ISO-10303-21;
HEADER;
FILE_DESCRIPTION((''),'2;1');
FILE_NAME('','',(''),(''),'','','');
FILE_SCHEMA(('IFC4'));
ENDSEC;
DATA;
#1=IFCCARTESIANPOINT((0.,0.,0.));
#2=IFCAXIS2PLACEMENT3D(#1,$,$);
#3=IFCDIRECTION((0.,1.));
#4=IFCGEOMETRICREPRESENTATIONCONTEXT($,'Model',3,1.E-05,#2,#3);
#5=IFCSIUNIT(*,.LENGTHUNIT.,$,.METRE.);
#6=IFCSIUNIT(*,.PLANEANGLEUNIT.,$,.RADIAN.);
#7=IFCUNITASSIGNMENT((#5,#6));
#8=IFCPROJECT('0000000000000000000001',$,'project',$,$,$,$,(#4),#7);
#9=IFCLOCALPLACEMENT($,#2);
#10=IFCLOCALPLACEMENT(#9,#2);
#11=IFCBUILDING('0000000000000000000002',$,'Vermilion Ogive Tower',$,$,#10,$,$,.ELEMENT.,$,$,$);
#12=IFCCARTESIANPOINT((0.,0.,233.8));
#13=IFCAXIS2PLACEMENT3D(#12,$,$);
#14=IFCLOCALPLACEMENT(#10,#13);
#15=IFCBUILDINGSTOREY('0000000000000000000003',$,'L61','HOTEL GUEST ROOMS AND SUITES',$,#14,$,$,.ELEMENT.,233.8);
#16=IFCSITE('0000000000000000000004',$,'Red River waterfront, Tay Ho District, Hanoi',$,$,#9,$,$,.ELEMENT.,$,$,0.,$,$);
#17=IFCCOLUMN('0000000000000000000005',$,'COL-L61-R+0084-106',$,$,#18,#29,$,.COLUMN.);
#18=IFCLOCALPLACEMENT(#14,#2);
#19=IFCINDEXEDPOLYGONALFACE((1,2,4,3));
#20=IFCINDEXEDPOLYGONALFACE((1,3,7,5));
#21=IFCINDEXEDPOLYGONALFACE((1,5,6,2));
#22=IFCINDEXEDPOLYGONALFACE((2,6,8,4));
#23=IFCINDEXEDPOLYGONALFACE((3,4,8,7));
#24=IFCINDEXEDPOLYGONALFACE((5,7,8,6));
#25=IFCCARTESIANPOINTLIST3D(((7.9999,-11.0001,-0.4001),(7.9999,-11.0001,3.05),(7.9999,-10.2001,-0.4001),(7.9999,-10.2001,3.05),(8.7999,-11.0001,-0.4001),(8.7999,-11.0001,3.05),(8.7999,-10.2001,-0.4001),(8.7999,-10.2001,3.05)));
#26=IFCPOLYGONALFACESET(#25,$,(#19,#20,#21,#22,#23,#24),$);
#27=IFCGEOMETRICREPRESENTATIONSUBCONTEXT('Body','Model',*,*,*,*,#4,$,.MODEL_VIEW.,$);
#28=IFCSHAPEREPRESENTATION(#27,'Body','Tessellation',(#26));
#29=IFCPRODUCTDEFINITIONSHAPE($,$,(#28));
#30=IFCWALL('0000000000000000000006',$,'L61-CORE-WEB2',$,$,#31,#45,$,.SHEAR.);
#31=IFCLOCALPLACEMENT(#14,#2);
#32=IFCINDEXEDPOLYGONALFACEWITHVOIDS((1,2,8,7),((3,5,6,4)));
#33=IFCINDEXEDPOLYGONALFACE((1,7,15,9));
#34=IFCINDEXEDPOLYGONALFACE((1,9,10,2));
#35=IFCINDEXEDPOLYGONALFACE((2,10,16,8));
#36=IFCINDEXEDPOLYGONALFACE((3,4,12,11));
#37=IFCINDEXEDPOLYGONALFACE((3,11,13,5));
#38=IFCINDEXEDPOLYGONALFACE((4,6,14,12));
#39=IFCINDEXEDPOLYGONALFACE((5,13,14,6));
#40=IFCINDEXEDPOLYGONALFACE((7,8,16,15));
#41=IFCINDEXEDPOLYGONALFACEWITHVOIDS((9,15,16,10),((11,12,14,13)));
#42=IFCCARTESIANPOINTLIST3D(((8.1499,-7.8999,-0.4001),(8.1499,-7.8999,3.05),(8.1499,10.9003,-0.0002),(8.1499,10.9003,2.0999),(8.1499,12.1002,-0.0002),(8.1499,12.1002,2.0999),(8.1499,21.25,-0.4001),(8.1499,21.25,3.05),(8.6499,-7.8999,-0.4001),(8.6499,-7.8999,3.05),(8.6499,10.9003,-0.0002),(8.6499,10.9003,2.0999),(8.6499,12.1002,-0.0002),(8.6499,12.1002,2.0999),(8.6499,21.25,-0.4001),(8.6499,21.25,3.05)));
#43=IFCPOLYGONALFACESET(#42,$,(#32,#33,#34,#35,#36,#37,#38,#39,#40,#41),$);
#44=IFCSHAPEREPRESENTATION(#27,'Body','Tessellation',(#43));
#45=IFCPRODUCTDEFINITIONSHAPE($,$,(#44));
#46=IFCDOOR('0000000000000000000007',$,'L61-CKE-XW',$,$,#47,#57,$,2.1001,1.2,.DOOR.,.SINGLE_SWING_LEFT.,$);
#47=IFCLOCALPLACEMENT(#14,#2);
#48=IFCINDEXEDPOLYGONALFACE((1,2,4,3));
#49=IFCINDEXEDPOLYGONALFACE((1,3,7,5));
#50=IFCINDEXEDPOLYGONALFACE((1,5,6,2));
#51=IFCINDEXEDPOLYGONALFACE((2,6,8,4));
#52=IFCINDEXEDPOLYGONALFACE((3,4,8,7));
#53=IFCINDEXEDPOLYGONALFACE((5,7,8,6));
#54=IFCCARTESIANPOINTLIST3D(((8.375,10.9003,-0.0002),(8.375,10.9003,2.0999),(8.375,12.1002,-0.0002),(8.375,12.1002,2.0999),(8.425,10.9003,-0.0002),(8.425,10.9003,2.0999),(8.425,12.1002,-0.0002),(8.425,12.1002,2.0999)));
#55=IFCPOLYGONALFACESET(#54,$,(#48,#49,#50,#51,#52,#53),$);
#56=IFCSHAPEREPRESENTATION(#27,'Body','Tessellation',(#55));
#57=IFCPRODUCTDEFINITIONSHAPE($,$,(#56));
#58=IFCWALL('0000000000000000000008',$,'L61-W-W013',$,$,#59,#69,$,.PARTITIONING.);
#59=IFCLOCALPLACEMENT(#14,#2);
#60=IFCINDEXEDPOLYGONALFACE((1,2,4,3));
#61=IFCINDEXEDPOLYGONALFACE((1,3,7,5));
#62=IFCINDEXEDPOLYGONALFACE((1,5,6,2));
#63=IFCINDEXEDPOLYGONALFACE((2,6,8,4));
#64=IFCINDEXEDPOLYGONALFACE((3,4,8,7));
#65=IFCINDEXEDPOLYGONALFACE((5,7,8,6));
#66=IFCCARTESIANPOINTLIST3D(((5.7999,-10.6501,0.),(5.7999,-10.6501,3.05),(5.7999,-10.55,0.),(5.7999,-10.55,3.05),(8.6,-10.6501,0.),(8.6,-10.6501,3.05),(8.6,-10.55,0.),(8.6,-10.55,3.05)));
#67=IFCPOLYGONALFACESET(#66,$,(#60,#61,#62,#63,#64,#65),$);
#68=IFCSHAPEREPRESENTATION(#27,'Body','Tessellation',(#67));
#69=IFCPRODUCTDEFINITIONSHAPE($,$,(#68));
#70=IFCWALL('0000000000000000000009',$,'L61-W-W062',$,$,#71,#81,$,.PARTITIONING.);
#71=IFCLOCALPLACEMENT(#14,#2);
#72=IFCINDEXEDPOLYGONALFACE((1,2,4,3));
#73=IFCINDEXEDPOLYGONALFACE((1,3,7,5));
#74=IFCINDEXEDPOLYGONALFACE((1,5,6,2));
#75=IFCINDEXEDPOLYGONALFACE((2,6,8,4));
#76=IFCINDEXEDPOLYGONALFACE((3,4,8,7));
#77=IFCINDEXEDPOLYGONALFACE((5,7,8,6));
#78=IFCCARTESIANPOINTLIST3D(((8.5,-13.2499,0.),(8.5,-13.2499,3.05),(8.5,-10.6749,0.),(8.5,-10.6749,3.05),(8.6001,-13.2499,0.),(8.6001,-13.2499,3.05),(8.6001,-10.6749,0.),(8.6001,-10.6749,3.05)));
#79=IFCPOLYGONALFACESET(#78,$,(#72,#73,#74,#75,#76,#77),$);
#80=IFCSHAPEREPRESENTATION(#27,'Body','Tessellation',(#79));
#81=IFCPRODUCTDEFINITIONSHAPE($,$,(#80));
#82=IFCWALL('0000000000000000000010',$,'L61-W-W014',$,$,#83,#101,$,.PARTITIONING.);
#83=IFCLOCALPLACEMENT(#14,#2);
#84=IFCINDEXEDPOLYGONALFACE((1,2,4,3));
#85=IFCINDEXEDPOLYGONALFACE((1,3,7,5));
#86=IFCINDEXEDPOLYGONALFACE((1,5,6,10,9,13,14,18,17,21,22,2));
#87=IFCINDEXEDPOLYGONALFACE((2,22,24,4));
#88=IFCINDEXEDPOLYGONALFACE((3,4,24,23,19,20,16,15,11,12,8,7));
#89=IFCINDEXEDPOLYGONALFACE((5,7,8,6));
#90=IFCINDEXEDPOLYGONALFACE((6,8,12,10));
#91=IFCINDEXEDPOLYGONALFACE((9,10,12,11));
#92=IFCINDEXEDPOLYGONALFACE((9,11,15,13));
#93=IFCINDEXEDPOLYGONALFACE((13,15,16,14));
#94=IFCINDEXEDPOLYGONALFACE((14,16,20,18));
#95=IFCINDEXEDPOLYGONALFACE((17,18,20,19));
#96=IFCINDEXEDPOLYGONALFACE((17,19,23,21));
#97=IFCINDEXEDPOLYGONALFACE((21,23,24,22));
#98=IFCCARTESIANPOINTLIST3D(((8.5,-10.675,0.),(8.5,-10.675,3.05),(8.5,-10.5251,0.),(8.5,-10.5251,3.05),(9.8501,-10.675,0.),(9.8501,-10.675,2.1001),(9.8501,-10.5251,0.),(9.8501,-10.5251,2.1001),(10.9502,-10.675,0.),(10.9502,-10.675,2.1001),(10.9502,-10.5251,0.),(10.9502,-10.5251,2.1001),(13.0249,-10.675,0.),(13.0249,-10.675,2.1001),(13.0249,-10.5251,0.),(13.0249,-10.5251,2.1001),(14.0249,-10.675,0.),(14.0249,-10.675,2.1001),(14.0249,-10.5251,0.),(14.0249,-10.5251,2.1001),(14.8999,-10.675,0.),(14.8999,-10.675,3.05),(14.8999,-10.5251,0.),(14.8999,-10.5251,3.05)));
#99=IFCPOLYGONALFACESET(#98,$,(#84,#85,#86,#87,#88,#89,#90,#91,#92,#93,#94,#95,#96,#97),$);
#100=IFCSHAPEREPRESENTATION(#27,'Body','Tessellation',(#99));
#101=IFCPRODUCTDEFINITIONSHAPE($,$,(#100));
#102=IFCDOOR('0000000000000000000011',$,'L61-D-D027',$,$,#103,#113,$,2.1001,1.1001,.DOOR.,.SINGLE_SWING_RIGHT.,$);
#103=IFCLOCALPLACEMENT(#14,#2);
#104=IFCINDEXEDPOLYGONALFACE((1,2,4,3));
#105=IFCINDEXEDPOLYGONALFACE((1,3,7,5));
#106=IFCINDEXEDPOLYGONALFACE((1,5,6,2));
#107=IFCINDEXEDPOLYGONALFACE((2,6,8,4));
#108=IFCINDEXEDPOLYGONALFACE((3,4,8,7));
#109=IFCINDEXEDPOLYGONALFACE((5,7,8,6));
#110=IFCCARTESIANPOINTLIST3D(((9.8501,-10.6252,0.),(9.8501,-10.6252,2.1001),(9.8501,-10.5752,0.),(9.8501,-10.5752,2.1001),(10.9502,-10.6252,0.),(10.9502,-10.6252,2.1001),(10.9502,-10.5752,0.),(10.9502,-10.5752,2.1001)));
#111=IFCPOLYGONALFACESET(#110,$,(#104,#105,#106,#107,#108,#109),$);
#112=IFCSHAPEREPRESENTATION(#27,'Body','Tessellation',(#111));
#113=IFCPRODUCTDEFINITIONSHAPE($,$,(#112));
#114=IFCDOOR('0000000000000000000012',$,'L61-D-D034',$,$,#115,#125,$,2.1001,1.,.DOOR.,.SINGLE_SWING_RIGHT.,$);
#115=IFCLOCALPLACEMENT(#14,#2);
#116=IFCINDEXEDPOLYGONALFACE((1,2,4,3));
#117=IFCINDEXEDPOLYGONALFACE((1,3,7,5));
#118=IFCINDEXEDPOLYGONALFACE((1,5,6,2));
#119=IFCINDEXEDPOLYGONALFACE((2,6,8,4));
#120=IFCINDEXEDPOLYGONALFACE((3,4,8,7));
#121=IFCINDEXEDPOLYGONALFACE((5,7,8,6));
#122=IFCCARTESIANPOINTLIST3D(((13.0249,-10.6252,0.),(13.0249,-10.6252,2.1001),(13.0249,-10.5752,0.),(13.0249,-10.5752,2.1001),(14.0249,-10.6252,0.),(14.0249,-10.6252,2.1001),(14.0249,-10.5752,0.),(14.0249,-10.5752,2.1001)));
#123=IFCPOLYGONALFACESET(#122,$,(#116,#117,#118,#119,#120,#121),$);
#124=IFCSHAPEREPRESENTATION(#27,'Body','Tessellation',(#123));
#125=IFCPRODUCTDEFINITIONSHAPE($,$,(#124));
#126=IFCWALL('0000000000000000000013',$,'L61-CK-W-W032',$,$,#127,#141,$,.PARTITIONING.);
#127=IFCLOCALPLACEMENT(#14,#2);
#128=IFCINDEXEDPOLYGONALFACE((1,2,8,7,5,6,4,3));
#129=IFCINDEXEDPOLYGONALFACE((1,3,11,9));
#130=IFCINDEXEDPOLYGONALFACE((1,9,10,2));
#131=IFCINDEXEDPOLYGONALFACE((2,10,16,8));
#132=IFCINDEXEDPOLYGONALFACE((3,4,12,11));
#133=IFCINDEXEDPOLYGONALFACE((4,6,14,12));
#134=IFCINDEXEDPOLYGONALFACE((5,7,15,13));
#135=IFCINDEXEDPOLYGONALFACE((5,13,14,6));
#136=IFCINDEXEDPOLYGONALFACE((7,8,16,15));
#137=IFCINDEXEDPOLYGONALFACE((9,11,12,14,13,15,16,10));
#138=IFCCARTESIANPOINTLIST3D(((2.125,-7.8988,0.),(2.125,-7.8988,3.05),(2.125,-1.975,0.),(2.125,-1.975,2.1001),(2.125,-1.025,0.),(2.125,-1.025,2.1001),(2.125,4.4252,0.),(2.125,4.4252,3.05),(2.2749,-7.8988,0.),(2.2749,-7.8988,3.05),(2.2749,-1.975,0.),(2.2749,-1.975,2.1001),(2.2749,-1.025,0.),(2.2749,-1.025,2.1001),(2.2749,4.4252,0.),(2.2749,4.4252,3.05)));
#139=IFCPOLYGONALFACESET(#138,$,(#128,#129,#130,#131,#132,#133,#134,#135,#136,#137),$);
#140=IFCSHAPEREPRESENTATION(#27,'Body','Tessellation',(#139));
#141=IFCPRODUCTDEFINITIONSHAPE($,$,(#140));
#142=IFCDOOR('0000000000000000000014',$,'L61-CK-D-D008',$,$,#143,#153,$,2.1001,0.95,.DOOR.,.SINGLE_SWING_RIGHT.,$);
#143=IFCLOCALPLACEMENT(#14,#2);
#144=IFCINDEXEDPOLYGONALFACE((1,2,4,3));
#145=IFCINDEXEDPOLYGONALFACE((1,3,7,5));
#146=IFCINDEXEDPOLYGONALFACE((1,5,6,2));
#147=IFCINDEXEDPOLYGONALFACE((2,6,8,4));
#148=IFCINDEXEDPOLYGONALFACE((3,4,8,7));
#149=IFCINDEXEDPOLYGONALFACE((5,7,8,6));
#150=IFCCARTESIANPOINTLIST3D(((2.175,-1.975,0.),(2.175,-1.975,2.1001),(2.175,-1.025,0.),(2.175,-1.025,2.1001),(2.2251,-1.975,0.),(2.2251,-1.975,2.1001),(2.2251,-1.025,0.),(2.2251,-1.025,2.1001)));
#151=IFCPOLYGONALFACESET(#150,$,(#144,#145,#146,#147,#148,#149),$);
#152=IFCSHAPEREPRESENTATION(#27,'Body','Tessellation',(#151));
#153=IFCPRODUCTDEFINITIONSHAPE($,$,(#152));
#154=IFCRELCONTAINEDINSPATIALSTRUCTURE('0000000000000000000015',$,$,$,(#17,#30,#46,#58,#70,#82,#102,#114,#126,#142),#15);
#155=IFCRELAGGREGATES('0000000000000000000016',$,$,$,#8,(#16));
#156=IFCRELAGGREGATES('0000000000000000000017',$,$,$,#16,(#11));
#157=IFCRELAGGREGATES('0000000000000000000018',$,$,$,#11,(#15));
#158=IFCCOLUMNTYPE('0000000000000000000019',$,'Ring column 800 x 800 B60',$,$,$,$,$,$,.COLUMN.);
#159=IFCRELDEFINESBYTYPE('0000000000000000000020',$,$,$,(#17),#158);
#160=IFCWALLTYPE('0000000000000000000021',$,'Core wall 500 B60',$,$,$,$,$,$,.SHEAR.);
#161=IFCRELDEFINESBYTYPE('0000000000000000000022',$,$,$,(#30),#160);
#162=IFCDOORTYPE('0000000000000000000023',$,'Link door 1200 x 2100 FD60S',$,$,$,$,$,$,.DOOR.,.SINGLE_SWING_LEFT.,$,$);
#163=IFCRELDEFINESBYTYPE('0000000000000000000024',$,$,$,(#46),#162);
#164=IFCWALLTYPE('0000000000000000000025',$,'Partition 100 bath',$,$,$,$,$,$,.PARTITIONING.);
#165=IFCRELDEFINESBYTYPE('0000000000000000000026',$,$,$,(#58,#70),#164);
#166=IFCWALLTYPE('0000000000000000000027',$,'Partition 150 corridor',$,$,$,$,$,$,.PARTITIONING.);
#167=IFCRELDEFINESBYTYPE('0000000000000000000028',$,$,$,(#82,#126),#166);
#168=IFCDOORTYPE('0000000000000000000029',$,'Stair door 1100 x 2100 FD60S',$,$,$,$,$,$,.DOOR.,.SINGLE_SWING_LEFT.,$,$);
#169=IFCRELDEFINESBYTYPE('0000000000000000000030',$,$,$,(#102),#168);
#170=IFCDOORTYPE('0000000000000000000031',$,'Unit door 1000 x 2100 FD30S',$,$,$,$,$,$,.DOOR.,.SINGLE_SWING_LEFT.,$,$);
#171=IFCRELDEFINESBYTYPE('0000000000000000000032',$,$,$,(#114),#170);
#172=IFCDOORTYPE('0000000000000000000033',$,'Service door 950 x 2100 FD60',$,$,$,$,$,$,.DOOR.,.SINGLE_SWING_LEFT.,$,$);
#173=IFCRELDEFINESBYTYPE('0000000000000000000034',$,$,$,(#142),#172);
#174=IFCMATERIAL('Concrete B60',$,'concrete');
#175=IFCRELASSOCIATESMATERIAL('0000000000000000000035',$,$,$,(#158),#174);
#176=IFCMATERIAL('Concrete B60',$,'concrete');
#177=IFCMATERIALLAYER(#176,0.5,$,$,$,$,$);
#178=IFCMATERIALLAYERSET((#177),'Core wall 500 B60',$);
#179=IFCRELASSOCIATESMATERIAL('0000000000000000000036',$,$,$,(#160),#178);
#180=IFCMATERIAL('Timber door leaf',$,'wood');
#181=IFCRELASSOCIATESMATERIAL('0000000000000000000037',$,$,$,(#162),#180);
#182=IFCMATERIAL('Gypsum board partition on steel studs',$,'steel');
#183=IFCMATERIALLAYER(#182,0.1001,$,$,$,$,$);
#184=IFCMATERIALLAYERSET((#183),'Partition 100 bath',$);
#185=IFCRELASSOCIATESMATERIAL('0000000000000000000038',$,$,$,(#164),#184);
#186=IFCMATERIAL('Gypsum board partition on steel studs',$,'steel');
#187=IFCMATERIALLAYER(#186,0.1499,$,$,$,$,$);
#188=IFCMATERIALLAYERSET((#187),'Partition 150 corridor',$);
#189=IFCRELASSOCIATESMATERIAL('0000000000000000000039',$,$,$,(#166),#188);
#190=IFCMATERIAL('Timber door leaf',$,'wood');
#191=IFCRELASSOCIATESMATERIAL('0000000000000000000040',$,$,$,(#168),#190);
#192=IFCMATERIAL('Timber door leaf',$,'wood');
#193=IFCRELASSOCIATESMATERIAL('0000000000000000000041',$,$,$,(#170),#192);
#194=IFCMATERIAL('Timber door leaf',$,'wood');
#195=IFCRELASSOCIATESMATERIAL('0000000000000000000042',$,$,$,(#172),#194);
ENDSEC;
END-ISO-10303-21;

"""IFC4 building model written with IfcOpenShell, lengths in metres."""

from ifc_helpers import new_model, si_unit, direction, frame, frame_2d, origin, origin_2d, place, context, subcontext, project, spatial, rectangle, extrude, material, layer, layer_set, material_profile, profile_set, type_object, element, fill, save


model = new_model("IFC4")

# Units and contexts
model_context = context("Model", 3, precision=1e-05, world=origin(), true_north=direction((0.0, 1.0)))
body_context = subcontext(model_context, "Body", "Model", "MODEL_VIEW")
ifc_project = project(units=[si_unit("LENGTHUNIT", "METRE"), si_unit("PLANEANGLEUNIT", "RADIAN")], contexts=[model_context])

# Site, building, storey
site_placement = place(None, origin())
site = spatial("IfcSite", under=ifc_project, at=site_placement, Name="Red River waterfront, Tay Ho District, Hanoi", CompositionType="ELEMENT", RefElevation=0.0)
building_placement = place(site_placement, origin())
building = spatial("IfcBuilding", under=site, at=building_placement, Name="Vermilion Ogive Tower", CompositionType="ELEMENT")
storey_placement = place(building_placement, frame((0.0, 0.0, 233.8)))
storey = spatial("IfcBuildingStorey", under=building, at=storey_placement, Name="L61", Description="HOTEL GUEST ROOMS AND SUITES", CompositionType="ELEMENT", Elevation=233.8)

# Column
ifc_material_1 = material(Name="Concrete B60", Category="concrete")
ifc_material_profile = material_profile(ifc_material_1, rectangle(XDim=0.8, YDim=0.8, at=origin_2d()), Name="800 x 800")
ifc_profile_set = profile_set([ifc_material_profile], Name="Concrete B60")
column_type = type_object("IfcColumnType", Name="Ring column 800 x 800 B60", PredefinedType="COLUMN", material=ifc_profile_set)
column_placement = place(storey_placement, frame((8.3999, -10.6001, -0.4001), z_axis=(0.0, 0.0, 1.0), x_axis=(1.0, 0.0, 0.0)))
element("IfcColumn", 1, at=column_placement, inside=storey, type_object=column_type, Name="COL-L61-R+0084-106", PredefinedType="COLUMN", context=body_context, shape_type="SweptSolid", body=[
    extrude(rectangle(XDim=0.8, YDim=0.8, at=origin_2d()), origin(), (0.0, 0.0, 1.0), 3.4502),
])

# Wall, opening, door
ifc_material_2 = material(Name="Concrete B60", Category="concrete")
ifc_layer_1 = layer(ifc_material_2, 0.5)
ifc_layer_set_1 = layer_set([ifc_layer_1], Name="Core wall 500 B60")
wall_type_1 = type_object("IfcWallType", Name="Core wall 500 B60", PredefinedType="SHEAR", material=ifc_layer_set_1)
wall_1_placement = place(storey_placement, frame((8.3999, -7.8999, -0.4001), z_axis=(0.0, 0.0, 1.0), x_axis=(0.0, 1.0, 0.0)))
wall_1 = element("IfcWall", 2, at=wall_1_placement, inside=storey, type_object=wall_type_1, Name="L61-CORE-WEB2", PredefinedType="SHEAR", context=body_context, shape_type="SweptSolid", body=[
    extrude(rectangle(XDim=29.1499, YDim=0.5, at=frame_2d((14.575, 0.0))), origin(), (0.0, 0.0, 1.0), 3.4502),
])
opening_1_placement = place(wall_1_placement, frame((18.8, 0.0, 0.3999)))
opening_1 = element("IfcOpeningElement", 3, at=opening_1_placement, cuts=wall_1, PredefinedType="OPENING", context=body_context, shape_type="SweptSolid", body=[
    extrude(rectangle(XDim=1.2, YDim=2.1001, at=frame_2d((0.6001, 1.05))), frame((0.0, 0.26, 0.0), z_axis=(0.0, -1.0, 0.0), x_axis=(1.0, 0.0, 0.0)), (0.0, 0.0, 1.0), 0.52),
])
ifc_material_3 = material(Name="Timber door leaf", Category="wood")
door_type_1 = type_object("IfcDoorType", Name="Link door 1200 x 2100 FD60S", OperationType="SINGLE_SWING_LEFT", PredefinedType="DOOR", material=ifc_material_3)
door_1_placement = place(opening_1_placement, origin())
door_1 = element("IfcDoor", 4, at=door_1_placement, inside=storey, type_object=door_type_1, Name="L61-CKE-XW", OperationType="SINGLE_SWING_LEFT", OverallHeight=2.1001, OverallWidth=1.2, PredefinedType="DOOR", context=body_context, shape_type="SweptSolid", body=[
    extrude(rectangle(XDim=1.2, YDim=2.1001, at=frame_2d((0.6001, 1.05))), frame((0.0, 0.0249, 0.0), z_axis=(0.0, -1.0, 0.0), x_axis=(1.0, 0.0, 0.0)), (0.0, 0.0, 1.0), 0.05),
])
fill(opening_1, door_1)

# Walls
ifc_material_4 = material(Name="Gypsum board partition on steel studs", Category="steel")
ifc_layer_2 = layer(ifc_material_4, 0.1001)
ifc_layer_set_2 = layer_set([ifc_layer_2], Name="Partition 100 bath")
wall_type_2 = type_object("IfcWallType", Name="Partition 100 bath", PredefinedType="PARTITIONING", material=ifc_layer_set_2)
wall_2_placement = place(storey_placement, frame((5.8, -10.6001, 0.0), z_axis=(0.0, 0.0, 1.0), x_axis=(1.0, 0.0, 0.0)))
element("IfcWall", 5, at=wall_2_placement, inside=storey, type_object=wall_type_2, Name="L61-W-W013", PredefinedType="PARTITIONING", context=body_context, shape_type="SweptSolid", body=[
    extrude(rectangle(XDim=2.8, YDim=0.1001, at=frame_2d((1.3999, 0.0))), origin(), (0.0, 0.0, 1.0), 3.05),
])
wall_3_placement = place(storey_placement, frame((8.55, -13.25, 0.0), z_axis=(0.0, 0.0, 1.0), x_axis=(0.0, 1.0, 0.0)))
element("IfcWall", 6, at=wall_3_placement, inside=storey, type_object=wall_type_2, Name="L61-W-W062", PredefinedType="PARTITIONING", context=body_context, shape_type="SweptSolid", body=[
    extrude(rectangle(XDim=2.575, YDim=0.1001, at=frame_2d((1.2876, 0.0))), origin(), (0.0, 0.0, 1.0), 3.05),
])

# Wall, openings, doors
ifc_material_5 = material(Name="Gypsum board partition on steel studs", Category="steel")
ifc_layer_3 = layer(ifc_material_5, 0.1499)
ifc_layer_set_3 = layer_set([ifc_layer_3], Name="Partition 150 corridor")
wall_type_3 = type_object("IfcWallType", Name="Partition 150 corridor", PredefinedType="PARTITIONING", material=ifc_layer_set_3)
wall_4_placement = place(storey_placement, frame((8.5, -10.6001, 0.0), z_axis=(0.0, 0.0, 1.0), x_axis=(1.0, 0.0, 0.0)))
wall_4 = element("IfcWall", 7, at=wall_4_placement, inside=storey, type_object=wall_type_3, Name="L61-W-W014", PredefinedType="PARTITIONING", context=body_context, shape_type="SweptSolid", body=[
    extrude(rectangle(XDim=6.3999, YDim=0.1499, at=frame_2d((3.2, 0.0))), origin(), (0.0, 0.0, 1.0), 3.05),
])
opening_2_placement = place(wall_4_placement, frame((1.3501, 0.0, 0.0)))
opening_2 = element("IfcOpeningElement", 8, at=opening_2_placement, cuts=wall_4, PredefinedType="OPENING", context=body_context, shape_type="SweptSolid", body=[
    extrude(rectangle(XDim=1.1001, YDim=2.1001, at=frame_2d((0.55, 1.05))), frame((0.0, 0.085, 0.0), z_axis=(0.0, -1.0, 0.0), x_axis=(1.0, 0.0, 0.0)), (0.0, 0.0, 1.0), 0.1699),
])
opening_3_placement = place(wall_4_placement, frame((4.5249, 0.0, 0.0)))
opening_3 = element("IfcOpeningElement", 9, at=opening_3_placement, cuts=wall_4, PredefinedType="OPENING", context=body_context, shape_type="SweptSolid", body=[
    extrude(rectangle(XDim=1.0, YDim=2.1001, at=frame_2d((0.5, 1.05))), frame((0.0, 0.085, 0.0), z_axis=(0.0, -1.0, 0.0), x_axis=(1.0, 0.0, 0.0)), (0.0, 0.0, 1.0), 0.1699),
])
ifc_material_6 = material(Name="Timber door leaf", Category="wood")
door_type_2 = type_object("IfcDoorType", Name="Stair door 1100 x 2100 FD60S", OperationType="SINGLE_SWING_LEFT", PredefinedType="DOOR", material=ifc_material_6)
door_2_placement = place(opening_2_placement, origin())
door_2 = element("IfcDoor", 10, at=door_2_placement, inside=storey, type_object=door_type_2, Name="L61-D-D027", OperationType="SINGLE_SWING_RIGHT", OverallHeight=2.1001, OverallWidth=1.1001, PredefinedType="DOOR", context=body_context, shape_type="SweptSolid", body=[
    extrude(rectangle(XDim=1.1001, YDim=2.1001, at=frame_2d((0.55, 1.05))), frame((0.0, 0.0249, 0.0), z_axis=(0.0, -1.0, 0.0), x_axis=(1.0, 0.0, 0.0)), (0.0, 0.0, 1.0), 0.05),
])
fill(opening_2, door_2)
ifc_material_7 = material(Name="Timber door leaf", Category="wood")
door_type_3 = type_object("IfcDoorType", Name="Unit door 1000 x 2100 FD30S", OperationType="SINGLE_SWING_LEFT", PredefinedType="DOOR", material=ifc_material_7)
door_3_placement = place(opening_3_placement, origin())
door_3 = element("IfcDoor", 11, at=door_3_placement, inside=storey, type_object=door_type_3, Name="L61-D-D034", OperationType="SINGLE_SWING_RIGHT", OverallHeight=2.1001, OverallWidth=1.0, PredefinedType="DOOR", context=body_context, shape_type="SweptSolid", body=[
    extrude(rectangle(XDim=1.0, YDim=2.1001, at=frame_2d((0.5, 1.05))), frame((0.0, 0.0249, 0.0), z_axis=(0.0, -1.0, 0.0), x_axis=(1.0, 0.0, 0.0)), (0.0, 0.0, 1.0), 0.05),
])
fill(opening_3, door_3)

# Wall, opening, door
wall_5_placement = place(storey_placement, frame((2.2, -7.8989, 0.0), z_axis=(0.0, 0.0, 1.0), x_axis=(0.0, 1.0, 0.0)))
wall_5 = element("IfcWall", 12, at=wall_5_placement, inside=storey, type_object=wall_type_3, Name="L61-CK-W-W032", PredefinedType="PARTITIONING", context=body_context, shape_type="SweptSolid", body=[
    extrude(rectangle(XDim=12.324, YDim=0.1499, at=frame_2d((6.1621, 0.0))), origin(), (0.0, 0.0, 1.0), 3.05),
])
opening_4_placement = place(wall_5_placement, frame((5.9238, 0.0, 0.0)))
opening_4 = element("IfcOpeningElement", 13, at=opening_4_placement, cuts=wall_5, PredefinedType="OPENING", context=body_context, shape_type="SweptSolid", body=[
    extrude(rectangle(XDim=0.95, YDim=2.1001, at=frame_2d((0.4751, 1.05))), frame((0.0, 0.085, 0.0), z_axis=(0.0, -1.0, 0.0), x_axis=(1.0, 0.0, 0.0)), (0.0, 0.0, 1.0), 0.1699),
])
ifc_material_8 = material(Name="Timber door leaf", Category="wood")
door_type_4 = type_object("IfcDoorType", Name="Service door 950 x 2100 FD60", OperationType="SINGLE_SWING_LEFT", PredefinedType="DOOR", material=ifc_material_8)
door_4_placement = place(opening_4_placement, origin())
door_4 = element("IfcDoor", 14, at=door_4_placement, inside=storey, type_object=door_type_4, Name="L61-CK-D-D008", OperationType="SINGLE_SWING_RIGHT", OverallHeight=2.1001, OverallWidth=0.95, PredefinedType="DOOR", context=body_context, shape_type="SweptSolid", body=[
    extrude(rectangle(XDim=0.95, YDim=2.1001, at=frame_2d((0.4751, 1.05))), frame((0.0, 0.0249, 0.0), z_axis=(0.0, -1.0, 0.0), x_axis=(1.0, 0.0, 0.0)), (0.0, 0.0, 1.0), 0.05),
])
fill(opening_4, door_4)

save(model, "model.ifc")
